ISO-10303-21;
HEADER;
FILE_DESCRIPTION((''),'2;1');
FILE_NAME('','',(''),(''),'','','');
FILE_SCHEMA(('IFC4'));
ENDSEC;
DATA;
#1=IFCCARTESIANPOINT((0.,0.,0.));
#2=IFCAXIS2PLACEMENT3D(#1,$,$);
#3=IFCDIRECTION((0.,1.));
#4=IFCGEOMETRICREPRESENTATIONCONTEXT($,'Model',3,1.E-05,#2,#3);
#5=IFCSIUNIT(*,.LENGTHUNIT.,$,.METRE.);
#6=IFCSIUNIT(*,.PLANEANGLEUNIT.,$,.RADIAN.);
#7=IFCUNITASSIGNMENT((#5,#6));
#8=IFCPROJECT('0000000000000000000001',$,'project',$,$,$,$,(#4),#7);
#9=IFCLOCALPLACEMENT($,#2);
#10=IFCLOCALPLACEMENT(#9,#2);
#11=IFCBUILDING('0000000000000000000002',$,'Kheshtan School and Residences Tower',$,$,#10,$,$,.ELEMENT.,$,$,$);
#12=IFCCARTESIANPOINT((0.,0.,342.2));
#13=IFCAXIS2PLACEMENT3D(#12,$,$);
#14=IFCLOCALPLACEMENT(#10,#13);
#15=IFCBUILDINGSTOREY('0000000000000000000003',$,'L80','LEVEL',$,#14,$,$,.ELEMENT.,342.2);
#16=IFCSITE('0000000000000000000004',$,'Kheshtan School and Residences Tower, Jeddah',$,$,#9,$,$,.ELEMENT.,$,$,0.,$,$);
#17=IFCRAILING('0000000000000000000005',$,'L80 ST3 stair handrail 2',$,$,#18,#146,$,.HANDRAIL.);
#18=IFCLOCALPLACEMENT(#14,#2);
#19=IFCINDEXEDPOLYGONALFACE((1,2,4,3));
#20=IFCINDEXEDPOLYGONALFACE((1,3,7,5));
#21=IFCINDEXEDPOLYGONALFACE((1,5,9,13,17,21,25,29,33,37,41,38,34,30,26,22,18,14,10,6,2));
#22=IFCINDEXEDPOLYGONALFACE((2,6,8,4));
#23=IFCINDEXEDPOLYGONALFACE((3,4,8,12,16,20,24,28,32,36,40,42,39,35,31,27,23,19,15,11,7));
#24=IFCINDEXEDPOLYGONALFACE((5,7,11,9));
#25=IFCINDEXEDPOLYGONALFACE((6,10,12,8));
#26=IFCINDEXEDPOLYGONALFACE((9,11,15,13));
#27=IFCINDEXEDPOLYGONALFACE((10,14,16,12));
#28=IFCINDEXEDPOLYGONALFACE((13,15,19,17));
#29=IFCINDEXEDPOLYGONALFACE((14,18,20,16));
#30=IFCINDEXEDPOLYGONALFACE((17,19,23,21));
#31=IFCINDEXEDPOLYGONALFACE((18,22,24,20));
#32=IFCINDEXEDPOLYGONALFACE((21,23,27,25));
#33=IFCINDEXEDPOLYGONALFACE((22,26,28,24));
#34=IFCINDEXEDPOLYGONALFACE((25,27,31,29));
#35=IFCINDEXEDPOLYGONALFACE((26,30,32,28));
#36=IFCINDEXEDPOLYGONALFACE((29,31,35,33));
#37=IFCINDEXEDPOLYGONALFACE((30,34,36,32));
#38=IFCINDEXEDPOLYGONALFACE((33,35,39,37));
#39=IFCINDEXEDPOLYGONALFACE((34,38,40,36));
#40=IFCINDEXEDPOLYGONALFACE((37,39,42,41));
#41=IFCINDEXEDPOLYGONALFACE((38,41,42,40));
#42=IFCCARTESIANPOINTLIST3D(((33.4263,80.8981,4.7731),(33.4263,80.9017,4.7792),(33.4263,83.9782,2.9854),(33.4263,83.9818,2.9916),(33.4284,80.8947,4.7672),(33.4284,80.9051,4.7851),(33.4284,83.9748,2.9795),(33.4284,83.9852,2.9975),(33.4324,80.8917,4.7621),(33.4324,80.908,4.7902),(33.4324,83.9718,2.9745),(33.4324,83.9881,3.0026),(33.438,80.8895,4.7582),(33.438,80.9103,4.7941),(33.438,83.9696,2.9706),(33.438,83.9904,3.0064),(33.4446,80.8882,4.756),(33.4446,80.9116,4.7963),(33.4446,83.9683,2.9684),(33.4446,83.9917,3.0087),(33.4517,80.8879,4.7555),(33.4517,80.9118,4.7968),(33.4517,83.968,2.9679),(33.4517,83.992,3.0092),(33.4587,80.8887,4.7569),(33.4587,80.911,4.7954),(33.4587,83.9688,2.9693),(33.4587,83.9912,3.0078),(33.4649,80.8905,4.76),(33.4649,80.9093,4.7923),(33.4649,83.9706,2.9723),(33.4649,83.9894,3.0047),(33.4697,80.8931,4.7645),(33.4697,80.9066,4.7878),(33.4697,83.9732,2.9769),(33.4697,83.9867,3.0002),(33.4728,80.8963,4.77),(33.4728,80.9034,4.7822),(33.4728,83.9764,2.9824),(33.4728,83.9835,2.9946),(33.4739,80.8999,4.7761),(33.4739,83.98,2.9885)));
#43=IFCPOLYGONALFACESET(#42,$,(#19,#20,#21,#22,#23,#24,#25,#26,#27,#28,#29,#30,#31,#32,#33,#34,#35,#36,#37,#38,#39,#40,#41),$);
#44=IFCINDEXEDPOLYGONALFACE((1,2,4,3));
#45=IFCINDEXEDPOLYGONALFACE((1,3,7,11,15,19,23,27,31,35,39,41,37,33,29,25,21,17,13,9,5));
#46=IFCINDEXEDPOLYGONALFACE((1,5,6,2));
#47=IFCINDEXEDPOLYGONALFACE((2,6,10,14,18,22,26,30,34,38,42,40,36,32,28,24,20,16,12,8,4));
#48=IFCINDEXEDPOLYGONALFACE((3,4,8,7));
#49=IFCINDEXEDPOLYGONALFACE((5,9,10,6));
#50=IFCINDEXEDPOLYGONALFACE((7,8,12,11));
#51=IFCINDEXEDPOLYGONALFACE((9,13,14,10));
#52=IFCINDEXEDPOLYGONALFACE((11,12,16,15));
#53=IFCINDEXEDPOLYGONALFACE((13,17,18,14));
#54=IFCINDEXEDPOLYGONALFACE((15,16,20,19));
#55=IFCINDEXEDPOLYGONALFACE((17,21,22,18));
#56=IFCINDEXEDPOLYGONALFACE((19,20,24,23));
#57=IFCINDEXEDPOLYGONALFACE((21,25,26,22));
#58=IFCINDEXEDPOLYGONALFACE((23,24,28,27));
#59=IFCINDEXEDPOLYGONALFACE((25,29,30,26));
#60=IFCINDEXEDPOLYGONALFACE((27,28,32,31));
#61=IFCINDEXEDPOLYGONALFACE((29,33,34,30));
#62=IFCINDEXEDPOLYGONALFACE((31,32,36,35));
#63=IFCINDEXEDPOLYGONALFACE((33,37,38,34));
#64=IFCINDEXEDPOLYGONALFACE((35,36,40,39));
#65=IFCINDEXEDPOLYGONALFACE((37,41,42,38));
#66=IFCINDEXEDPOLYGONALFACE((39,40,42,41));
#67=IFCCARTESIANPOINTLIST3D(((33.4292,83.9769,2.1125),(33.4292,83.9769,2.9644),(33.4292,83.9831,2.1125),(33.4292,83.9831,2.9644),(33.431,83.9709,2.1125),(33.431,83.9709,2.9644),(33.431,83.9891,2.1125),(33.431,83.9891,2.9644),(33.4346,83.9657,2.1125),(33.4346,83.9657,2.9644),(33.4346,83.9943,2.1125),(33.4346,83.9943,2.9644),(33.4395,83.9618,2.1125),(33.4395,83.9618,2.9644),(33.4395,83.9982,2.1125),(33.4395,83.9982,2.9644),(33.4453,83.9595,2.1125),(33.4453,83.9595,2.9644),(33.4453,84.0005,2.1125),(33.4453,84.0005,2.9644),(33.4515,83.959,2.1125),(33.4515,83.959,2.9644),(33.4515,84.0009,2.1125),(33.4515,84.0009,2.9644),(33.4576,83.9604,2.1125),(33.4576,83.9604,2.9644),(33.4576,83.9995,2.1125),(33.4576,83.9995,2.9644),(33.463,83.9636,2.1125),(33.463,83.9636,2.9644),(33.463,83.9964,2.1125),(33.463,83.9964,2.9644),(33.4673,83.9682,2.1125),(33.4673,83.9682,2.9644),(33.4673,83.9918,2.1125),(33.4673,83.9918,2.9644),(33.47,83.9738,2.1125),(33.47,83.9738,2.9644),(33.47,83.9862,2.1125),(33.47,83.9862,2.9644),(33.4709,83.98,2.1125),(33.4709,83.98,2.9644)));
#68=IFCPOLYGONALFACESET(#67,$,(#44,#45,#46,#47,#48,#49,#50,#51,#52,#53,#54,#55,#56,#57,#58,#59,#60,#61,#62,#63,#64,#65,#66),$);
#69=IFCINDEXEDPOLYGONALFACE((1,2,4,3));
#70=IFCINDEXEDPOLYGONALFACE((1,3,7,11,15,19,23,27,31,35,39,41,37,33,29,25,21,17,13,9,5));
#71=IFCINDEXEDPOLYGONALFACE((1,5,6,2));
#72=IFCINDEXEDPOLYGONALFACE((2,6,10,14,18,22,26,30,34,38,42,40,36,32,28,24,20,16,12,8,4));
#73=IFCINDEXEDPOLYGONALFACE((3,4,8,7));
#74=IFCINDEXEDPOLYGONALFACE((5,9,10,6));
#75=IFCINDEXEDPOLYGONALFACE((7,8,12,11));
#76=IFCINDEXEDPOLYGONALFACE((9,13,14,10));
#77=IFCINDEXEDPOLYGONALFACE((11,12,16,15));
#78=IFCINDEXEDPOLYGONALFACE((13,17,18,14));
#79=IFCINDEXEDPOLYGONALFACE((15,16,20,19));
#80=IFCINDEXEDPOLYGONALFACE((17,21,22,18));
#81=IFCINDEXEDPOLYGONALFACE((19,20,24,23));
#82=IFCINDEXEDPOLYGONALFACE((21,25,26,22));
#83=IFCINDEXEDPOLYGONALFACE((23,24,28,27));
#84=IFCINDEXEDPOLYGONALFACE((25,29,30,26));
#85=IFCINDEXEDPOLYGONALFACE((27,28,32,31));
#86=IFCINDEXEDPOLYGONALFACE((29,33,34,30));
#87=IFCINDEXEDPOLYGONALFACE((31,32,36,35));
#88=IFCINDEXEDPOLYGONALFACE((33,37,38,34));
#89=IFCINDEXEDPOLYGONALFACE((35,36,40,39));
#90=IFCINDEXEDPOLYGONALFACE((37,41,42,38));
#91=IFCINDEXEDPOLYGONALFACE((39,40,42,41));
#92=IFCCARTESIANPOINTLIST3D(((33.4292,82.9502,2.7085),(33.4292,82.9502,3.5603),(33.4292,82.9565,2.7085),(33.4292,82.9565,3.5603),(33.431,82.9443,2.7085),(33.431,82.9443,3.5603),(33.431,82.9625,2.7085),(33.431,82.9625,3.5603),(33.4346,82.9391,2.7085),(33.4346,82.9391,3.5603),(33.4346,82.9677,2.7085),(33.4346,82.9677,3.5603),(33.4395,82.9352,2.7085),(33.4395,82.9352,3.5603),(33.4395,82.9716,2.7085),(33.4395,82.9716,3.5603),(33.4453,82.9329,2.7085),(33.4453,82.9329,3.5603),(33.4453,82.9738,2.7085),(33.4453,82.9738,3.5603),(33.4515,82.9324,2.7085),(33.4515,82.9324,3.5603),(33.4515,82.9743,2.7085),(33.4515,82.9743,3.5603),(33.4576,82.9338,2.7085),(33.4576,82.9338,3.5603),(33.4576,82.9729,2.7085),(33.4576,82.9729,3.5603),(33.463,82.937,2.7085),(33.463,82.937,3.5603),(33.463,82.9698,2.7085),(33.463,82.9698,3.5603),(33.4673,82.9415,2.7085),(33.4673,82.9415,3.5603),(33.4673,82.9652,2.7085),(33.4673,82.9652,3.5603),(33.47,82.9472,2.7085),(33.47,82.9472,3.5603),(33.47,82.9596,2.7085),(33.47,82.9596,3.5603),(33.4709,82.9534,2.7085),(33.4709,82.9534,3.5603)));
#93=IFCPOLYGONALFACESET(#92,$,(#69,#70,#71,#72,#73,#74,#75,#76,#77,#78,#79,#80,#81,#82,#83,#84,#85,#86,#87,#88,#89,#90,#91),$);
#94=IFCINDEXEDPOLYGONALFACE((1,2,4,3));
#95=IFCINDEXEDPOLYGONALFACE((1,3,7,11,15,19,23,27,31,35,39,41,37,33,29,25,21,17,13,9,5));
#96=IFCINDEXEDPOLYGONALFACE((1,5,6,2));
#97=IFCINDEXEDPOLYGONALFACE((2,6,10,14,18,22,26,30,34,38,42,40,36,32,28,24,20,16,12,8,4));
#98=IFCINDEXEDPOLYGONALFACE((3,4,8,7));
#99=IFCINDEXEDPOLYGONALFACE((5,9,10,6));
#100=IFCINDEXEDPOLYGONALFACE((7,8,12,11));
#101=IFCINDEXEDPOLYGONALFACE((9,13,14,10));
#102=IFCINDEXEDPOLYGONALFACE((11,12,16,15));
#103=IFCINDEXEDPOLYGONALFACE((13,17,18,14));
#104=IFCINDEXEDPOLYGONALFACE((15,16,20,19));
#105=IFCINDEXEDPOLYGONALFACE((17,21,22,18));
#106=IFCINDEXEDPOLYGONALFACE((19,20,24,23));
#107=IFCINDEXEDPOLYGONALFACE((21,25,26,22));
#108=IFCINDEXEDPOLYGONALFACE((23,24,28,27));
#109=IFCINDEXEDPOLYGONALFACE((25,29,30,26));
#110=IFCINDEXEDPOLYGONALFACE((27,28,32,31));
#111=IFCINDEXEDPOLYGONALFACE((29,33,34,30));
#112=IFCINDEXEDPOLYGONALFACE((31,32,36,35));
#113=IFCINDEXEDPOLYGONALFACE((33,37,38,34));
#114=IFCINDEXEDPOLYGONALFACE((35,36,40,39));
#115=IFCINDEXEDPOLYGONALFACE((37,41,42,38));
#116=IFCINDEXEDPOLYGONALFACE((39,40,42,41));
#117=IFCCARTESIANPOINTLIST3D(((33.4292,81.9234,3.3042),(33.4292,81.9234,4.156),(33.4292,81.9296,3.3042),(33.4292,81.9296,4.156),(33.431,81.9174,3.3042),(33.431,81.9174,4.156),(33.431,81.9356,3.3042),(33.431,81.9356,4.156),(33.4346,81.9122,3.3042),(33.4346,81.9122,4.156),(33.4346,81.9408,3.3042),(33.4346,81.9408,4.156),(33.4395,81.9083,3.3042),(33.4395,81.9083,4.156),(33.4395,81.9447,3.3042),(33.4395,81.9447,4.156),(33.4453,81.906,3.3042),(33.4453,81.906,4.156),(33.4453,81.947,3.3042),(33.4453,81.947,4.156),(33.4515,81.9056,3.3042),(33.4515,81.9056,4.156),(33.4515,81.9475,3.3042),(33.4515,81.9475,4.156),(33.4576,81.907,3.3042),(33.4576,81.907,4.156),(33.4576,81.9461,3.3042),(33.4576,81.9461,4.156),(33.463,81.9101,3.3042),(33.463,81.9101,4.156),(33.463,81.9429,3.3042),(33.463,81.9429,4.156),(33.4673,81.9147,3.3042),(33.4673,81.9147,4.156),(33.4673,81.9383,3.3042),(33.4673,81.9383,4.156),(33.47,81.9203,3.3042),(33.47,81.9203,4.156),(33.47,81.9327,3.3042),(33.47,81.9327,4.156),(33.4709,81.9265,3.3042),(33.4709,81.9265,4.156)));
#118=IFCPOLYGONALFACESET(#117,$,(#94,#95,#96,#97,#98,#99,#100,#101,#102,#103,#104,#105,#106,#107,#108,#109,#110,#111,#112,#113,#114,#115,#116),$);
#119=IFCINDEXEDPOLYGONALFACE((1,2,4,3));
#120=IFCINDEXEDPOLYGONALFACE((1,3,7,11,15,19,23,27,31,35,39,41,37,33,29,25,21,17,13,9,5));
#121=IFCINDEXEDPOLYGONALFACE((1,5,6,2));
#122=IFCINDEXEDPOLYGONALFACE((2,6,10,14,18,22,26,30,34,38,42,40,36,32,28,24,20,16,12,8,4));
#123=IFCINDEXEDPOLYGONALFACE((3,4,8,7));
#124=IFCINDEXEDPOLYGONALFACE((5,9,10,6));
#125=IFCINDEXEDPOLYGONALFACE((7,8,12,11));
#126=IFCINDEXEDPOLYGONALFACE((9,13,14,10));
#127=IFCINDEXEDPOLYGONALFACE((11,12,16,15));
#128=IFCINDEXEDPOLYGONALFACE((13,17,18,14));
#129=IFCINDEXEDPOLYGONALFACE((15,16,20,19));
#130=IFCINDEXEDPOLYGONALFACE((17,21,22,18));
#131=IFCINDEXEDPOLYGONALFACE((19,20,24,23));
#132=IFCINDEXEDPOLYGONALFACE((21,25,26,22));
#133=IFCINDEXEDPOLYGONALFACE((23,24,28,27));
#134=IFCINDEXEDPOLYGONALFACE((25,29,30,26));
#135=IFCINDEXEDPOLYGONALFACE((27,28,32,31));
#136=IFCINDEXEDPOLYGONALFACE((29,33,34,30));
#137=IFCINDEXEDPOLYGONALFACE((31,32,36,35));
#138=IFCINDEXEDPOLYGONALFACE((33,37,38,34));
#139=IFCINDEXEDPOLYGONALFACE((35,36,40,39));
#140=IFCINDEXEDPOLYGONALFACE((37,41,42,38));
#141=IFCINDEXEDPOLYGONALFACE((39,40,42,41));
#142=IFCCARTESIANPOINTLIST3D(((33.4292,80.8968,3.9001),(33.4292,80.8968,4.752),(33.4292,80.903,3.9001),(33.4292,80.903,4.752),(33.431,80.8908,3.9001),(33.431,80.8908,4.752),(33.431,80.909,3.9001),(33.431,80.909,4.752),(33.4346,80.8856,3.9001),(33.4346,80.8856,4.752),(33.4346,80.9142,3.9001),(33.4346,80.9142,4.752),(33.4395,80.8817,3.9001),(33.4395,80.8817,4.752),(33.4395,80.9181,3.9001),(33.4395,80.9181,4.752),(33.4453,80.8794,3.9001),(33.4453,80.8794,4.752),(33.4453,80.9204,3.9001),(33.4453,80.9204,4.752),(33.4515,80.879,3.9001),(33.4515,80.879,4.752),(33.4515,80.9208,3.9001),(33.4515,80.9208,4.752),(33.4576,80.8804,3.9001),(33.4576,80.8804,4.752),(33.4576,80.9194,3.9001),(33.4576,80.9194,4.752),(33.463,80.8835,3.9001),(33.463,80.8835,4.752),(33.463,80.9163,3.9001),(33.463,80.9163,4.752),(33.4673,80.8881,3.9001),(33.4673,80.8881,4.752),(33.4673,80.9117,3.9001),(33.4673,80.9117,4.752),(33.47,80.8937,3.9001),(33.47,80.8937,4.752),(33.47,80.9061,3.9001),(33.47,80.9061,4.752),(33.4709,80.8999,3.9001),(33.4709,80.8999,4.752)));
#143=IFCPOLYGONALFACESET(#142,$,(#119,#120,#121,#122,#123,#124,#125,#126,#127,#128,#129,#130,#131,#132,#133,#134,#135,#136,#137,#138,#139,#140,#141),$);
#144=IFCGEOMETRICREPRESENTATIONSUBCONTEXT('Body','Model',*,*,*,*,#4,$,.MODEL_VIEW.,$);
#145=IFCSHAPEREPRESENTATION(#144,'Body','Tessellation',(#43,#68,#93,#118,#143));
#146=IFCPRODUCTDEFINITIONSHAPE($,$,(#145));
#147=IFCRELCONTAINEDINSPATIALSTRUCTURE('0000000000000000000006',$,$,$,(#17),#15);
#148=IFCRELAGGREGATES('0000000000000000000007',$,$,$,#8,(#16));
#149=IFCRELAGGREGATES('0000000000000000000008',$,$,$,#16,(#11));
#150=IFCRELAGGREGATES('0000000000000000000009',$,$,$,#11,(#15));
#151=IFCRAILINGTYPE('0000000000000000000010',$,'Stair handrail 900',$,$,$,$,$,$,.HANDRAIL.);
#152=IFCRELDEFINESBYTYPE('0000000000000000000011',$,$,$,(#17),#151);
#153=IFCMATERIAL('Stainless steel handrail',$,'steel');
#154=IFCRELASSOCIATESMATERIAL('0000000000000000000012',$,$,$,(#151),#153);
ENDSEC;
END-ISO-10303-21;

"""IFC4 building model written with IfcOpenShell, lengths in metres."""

from ifc_helpers import new_model, si_unit, direction, frame, origin, origin_2d, place, context, subcontext, project, spatial, circle, extrude, material, type_object, element, save


model = new_model("IFC4")

# Units and contexts
model_context = context("Model", 3, precision=1e-05, world=origin(), true_north=direction((0.0, 1.0)))
body_context = subcontext(model_context, "Body", "Model", "MODEL_VIEW")
ifc_project = project(units=[si_unit("LENGTHUNIT", "METRE"), si_unit("PLANEANGLEUNIT", "RADIAN")], contexts=[model_context])

# Site, building, storey
site_placement = place(None, origin())
site = spatial("IfcSite", under=ifc_project, at=site_placement, Name="Kheshtan School and Residences Tower, Jeddah", CompositionType="ELEMENT", RefElevation=0.0)
building_placement = place(site_placement, origin())
building = spatial("IfcBuilding", under=site, at=building_placement, Name="Kheshtan School and Residences Tower", CompositionType="ELEMENT")
storey_placement = place(building_placement, frame((0.0, 0.0, 342.2)))
storey = spatial("IfcBuildingStorey", under=building, at=storey_placement, Name="L80", Description="LEVEL", CompositionType="ELEMENT", Elevation=342.2)

# Railing
ifc_material_1 = material(Name="Stainless steel handrail", Category="steel")
railing_type_1 = type_object("IfcRailingType", Name="Stair handrail 900", PredefinedType="HANDRAIL", material=ifc_material_1)
railing_1_placement = place(storey_placement, frame((33.45, 83.98, 2.1125)))
element("IfcRailing", 1, at=railing_1_placement, inside=storey, type_object=railing_type_1, Name="L80 ST3 stair handrail 2", PredefinedType="HANDRAIL", context=body_context, shape_type="SweptSolid", body=[
    extrude(circle(Radius=0.0239, at=origin_2d()), frame((0.0, 0.0, 0.876), z_axis=(0.0, -0.864891, 0.50196), x_axis=(1.0, 0.0, 0.0)), (0.0, 0.0, 1.0), 3.5613),
    extrude(circle(Radius=0.021, at=origin_2d()), origin(), (0.0, 0.0, 1.0), 0.8518),
    extrude(circle(Radius=0.021, at=origin_2d()), frame((0.0, -1.0266, 0.5959)), (0.0, 0.0, 1.0), 0.8518),
    extrude(circle(Radius=0.021, at=origin_2d()), frame((0.0, -2.0535, 1.1917)), (0.0, 0.0, 1.0), 0.8518),
    extrude(circle(Radius=0.021, at=origin_2d()), frame((0.0, -3.0801, 1.7876)), (0.0, 0.0, 1.0), 0.8518),
])

save(model, "model.ifc")
